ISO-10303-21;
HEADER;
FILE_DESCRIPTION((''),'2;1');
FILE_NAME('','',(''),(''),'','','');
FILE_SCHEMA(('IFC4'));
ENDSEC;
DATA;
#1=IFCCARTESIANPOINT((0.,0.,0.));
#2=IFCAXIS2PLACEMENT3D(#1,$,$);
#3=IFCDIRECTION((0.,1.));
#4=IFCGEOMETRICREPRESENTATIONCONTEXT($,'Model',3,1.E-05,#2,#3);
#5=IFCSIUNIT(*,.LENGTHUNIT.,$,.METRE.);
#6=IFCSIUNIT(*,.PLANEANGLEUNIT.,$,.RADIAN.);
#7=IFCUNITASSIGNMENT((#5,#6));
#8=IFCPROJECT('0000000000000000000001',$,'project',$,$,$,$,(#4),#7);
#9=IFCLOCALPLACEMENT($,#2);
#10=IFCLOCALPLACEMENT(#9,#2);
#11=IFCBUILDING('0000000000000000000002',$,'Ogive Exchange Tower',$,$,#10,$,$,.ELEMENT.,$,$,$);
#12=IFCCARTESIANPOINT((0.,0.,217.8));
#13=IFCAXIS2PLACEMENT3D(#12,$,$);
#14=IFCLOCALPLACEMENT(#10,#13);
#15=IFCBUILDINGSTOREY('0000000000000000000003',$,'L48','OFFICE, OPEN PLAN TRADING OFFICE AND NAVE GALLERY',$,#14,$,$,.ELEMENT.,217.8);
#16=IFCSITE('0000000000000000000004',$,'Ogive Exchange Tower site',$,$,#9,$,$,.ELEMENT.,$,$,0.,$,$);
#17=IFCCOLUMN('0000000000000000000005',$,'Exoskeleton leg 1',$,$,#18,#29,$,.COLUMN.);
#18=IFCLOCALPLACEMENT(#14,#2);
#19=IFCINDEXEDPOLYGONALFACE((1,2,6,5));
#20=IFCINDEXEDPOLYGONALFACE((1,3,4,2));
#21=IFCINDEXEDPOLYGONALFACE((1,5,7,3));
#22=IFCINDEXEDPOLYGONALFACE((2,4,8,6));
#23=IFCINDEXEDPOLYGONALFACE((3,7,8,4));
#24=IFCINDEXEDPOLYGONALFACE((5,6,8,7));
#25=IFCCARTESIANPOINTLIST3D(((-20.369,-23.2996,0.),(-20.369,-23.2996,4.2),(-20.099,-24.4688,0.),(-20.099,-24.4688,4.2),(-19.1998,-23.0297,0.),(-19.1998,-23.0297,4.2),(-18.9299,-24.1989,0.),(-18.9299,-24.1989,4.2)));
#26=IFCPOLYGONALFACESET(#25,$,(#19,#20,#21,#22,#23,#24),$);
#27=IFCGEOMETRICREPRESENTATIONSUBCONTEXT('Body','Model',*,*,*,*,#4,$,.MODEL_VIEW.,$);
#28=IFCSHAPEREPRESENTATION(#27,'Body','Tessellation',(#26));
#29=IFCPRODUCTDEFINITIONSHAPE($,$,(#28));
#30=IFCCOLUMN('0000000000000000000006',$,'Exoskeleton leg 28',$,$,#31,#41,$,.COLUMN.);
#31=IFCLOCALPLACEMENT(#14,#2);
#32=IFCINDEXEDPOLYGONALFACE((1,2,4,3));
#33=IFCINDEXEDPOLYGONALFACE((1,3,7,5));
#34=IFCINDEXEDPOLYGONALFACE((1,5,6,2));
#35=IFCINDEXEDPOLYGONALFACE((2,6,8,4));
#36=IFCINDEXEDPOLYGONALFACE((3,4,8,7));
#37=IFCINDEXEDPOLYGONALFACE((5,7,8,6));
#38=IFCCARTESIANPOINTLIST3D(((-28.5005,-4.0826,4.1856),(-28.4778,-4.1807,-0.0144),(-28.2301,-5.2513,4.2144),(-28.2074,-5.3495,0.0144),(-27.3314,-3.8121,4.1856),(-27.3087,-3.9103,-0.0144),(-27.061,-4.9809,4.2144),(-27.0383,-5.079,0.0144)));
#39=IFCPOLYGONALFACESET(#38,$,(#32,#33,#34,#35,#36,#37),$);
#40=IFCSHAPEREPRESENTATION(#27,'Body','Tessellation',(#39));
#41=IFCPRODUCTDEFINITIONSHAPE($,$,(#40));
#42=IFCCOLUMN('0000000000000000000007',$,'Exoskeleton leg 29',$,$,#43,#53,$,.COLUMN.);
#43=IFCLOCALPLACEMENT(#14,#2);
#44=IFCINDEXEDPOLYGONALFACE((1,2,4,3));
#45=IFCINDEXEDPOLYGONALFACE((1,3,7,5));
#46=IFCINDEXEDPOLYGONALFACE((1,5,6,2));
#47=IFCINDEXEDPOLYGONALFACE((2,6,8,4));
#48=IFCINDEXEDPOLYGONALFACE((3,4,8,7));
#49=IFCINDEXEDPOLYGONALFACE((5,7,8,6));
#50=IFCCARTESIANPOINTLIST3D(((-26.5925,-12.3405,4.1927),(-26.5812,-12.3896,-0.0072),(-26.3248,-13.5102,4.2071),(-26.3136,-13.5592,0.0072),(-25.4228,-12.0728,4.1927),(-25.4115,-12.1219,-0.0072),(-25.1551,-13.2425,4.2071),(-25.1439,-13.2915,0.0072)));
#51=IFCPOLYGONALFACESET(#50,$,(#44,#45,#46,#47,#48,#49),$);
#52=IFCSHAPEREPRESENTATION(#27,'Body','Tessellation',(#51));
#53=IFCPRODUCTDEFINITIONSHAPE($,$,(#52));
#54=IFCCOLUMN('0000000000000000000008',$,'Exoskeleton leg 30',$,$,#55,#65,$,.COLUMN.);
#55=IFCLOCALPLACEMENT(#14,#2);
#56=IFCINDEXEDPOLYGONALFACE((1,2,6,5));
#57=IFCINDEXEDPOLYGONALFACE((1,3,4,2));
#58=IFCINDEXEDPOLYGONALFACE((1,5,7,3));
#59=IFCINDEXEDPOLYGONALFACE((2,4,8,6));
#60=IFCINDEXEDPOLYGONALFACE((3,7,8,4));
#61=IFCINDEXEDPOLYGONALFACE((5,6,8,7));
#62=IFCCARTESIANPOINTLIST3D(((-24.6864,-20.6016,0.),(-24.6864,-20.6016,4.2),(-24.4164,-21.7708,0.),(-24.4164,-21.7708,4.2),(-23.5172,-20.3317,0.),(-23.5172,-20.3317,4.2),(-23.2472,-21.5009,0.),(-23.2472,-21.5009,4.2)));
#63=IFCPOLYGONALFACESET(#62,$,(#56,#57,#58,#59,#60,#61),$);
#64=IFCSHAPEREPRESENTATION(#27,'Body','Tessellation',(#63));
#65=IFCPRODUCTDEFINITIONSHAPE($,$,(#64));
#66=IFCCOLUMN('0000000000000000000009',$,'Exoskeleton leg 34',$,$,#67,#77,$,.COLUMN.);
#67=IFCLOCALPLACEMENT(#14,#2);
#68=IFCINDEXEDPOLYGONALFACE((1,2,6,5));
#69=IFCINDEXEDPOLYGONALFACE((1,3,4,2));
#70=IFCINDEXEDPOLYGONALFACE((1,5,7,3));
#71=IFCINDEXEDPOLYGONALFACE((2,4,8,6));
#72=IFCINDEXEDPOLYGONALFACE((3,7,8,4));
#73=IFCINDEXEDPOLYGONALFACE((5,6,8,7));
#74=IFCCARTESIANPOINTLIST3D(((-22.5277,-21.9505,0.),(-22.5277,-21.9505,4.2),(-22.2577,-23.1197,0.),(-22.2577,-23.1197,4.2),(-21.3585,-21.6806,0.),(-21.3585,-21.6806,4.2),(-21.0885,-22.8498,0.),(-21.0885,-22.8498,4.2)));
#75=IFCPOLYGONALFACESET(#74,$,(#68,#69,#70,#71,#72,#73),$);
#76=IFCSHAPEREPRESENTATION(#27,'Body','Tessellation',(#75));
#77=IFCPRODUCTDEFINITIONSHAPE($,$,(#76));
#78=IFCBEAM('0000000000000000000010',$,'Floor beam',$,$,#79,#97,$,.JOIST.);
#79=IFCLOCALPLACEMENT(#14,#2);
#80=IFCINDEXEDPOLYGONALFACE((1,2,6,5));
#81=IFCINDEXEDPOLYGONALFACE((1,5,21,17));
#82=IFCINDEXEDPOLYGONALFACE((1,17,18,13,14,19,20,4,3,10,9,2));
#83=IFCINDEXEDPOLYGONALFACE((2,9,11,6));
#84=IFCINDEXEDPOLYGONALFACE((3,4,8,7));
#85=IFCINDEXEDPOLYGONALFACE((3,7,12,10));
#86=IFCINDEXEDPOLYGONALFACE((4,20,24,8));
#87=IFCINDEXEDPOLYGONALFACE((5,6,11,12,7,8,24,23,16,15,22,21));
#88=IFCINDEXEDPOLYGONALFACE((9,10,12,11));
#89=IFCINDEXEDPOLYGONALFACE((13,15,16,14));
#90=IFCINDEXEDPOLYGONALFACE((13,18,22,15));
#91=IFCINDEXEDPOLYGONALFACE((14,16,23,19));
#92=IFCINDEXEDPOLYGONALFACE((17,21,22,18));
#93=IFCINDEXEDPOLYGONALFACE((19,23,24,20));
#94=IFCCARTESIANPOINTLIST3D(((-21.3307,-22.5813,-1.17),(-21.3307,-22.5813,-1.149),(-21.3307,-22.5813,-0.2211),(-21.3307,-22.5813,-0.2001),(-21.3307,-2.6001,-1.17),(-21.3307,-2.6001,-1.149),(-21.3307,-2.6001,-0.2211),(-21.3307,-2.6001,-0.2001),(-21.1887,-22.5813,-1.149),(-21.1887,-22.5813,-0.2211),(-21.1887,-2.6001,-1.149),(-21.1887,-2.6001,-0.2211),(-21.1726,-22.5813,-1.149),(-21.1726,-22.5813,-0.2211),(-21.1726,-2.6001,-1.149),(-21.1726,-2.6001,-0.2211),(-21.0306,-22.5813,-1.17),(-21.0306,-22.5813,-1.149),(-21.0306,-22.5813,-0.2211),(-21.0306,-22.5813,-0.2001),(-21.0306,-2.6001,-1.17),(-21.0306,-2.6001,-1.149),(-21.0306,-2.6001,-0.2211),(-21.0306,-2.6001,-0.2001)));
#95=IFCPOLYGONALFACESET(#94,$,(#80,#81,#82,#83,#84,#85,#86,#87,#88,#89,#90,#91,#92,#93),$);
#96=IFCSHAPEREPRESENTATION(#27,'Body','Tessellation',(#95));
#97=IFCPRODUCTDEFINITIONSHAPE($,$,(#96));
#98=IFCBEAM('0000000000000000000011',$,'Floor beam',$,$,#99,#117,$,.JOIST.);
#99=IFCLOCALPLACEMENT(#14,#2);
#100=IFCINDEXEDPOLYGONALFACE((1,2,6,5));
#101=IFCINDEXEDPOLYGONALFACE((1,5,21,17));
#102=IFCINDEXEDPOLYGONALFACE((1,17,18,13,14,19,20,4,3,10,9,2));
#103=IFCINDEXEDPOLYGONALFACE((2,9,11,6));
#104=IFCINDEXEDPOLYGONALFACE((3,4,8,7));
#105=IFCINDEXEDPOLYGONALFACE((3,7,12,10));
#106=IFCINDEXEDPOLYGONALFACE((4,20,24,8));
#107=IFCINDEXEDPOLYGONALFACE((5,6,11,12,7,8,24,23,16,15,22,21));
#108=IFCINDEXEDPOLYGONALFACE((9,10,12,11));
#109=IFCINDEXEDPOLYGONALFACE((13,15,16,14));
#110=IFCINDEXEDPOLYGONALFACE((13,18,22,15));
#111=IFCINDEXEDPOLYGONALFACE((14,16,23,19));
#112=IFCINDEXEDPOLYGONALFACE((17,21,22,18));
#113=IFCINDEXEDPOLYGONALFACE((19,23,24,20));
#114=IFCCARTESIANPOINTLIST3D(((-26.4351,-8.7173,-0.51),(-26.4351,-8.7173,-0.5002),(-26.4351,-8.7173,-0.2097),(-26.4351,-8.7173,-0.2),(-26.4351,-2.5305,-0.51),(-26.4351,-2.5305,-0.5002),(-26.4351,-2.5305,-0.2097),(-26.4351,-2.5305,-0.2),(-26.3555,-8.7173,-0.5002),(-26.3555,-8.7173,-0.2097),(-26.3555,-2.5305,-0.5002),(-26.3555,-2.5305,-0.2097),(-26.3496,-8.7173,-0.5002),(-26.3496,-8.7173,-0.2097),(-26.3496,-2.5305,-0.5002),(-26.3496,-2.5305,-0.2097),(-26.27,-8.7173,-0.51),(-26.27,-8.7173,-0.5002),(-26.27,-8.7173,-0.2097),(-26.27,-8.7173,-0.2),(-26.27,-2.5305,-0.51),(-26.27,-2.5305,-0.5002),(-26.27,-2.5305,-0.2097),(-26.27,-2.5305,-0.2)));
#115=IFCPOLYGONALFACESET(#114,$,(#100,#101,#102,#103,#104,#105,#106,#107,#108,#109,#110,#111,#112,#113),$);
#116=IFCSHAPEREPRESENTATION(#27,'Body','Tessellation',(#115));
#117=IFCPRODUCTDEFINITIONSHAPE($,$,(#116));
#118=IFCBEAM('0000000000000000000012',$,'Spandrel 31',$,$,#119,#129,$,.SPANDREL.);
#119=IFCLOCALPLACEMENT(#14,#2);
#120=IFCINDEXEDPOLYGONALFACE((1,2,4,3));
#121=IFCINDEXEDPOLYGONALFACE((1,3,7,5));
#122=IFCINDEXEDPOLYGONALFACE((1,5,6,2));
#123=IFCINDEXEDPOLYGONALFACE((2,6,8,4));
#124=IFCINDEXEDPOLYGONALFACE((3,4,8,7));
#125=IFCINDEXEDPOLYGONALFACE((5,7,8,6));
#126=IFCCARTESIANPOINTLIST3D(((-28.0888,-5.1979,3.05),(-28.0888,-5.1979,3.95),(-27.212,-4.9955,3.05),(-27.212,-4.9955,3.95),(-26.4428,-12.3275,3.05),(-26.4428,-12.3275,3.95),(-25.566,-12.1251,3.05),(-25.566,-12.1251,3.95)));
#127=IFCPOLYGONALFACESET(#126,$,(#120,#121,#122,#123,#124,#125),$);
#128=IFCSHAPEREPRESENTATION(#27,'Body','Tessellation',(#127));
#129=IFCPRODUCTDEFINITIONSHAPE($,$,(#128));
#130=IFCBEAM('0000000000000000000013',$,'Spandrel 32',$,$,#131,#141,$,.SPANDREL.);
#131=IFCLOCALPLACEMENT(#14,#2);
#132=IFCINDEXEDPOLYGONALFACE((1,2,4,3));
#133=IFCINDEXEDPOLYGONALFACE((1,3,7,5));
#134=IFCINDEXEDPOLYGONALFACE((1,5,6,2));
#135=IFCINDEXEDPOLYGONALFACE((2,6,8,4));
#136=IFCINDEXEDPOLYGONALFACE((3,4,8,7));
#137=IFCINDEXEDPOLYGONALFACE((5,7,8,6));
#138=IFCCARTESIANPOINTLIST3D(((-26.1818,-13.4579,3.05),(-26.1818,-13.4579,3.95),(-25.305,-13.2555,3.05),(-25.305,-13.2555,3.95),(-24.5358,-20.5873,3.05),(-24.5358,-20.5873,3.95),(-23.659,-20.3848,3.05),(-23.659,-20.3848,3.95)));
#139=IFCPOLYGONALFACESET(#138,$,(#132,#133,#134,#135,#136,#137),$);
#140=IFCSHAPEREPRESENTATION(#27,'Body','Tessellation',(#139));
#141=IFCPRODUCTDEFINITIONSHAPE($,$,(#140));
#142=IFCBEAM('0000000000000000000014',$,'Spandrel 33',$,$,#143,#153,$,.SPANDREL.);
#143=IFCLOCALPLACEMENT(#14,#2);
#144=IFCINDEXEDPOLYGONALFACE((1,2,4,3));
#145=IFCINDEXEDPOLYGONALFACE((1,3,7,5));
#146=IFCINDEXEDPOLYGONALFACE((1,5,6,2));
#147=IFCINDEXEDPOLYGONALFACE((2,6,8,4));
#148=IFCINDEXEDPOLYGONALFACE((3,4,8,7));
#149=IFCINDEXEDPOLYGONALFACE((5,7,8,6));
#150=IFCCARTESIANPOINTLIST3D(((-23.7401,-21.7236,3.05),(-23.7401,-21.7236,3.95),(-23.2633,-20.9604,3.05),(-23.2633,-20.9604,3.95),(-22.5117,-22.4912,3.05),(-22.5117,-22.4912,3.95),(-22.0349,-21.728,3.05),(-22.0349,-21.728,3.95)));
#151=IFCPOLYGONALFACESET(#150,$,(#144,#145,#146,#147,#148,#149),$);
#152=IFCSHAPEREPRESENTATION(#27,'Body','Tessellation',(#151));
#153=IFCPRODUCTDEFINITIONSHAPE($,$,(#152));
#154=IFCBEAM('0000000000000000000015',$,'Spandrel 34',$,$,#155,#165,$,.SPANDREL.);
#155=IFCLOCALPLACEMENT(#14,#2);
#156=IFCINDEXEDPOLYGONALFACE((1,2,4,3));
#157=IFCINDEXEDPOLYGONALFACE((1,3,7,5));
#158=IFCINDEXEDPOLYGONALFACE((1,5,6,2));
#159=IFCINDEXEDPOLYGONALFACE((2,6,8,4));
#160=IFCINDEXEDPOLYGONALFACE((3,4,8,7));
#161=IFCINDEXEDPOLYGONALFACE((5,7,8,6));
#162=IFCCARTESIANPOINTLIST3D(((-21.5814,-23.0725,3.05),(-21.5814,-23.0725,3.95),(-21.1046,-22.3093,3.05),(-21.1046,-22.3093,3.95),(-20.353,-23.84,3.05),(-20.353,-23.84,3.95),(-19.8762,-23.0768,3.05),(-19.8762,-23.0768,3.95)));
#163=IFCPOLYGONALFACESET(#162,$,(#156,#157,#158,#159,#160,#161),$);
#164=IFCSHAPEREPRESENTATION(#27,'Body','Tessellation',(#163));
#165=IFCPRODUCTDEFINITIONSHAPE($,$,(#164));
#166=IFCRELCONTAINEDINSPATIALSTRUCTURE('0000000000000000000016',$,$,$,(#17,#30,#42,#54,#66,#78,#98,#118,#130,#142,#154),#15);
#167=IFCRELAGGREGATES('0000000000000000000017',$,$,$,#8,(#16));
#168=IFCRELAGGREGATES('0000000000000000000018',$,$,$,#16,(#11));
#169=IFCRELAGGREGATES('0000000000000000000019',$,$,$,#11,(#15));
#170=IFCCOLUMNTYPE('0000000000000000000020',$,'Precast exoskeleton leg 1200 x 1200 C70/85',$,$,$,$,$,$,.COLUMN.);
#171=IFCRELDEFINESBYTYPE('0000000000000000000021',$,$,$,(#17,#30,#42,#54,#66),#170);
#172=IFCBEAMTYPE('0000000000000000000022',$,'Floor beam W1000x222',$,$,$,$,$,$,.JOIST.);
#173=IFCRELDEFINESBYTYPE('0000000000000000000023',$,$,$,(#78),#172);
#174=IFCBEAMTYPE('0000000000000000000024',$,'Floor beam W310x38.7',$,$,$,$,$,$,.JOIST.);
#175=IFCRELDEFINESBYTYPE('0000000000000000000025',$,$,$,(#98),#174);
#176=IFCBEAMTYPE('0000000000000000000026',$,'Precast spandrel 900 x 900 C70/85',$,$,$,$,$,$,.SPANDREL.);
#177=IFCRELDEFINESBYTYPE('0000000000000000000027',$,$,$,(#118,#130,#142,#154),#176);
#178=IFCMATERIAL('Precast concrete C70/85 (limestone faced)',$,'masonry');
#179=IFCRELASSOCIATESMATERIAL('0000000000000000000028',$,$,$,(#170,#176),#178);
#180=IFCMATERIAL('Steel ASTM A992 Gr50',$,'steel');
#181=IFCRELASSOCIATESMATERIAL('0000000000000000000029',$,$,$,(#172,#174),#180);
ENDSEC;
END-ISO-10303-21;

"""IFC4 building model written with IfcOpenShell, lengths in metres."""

from ifc_helpers import new_model, si_unit, direction, frame, origin, origin_2d, place, context, subcontext, project, spatial, rectangle, i_section, extrude, material, material_profile, profile_set, type_object, element, save


model = new_model("IFC4")

# Units and contexts
model_context = context("Model", 3, precision=1e-05, world=origin(), true_north=direction((0.0, 1.0)))
body_context = subcontext(model_context, "Body", "Model", "MODEL_VIEW")
ifc_project = project(units=[si_unit("LENGTHUNIT", "METRE"), si_unit("PLANEANGLEUNIT", "RADIAN")], contexts=[model_context])

# Site, building, storey
site_placement = place(None, origin())
site = spatial("IfcSite", under=ifc_project, at=site_placement, Name="Ogive Exchange Tower site", CompositionType="ELEMENT", RefElevation=0.0)
building_placement = place(site_placement, origin())
building = spatial("IfcBuilding", under=site, at=building_placement, Name="Ogive Exchange Tower", CompositionType="ELEMENT")
storey_placement = place(building_placement, frame((0.0, 0.0, 217.8)))
storey = spatial("IfcBuildingStorey", under=building, at=storey_placement, Name="L48", Description="OFFICE, OPEN PLAN TRADING OFFICE AND NAVE GALLERY", CompositionType="ELEMENT", Elevation=217.8)

# Columns
ifc_material_1 = material(Name="Precast concrete C70/85 (limestone faced)", Category="masonry")
ifc_material_profile_1 = material_profile(ifc_material_1, rectangle(XDim=1.2, YDim=1.2, at=origin_2d()), Name="1200 x 1200")
ifc_profile_set_1 = profile_set([ifc_material_profile_1], Name="Precast concrete C70/85 (limestone faced)")
column_type = type_object("IfcColumnType", Name="Precast exoskeleton leg 1200 x 1200 C70/85", PredefinedType="COLUMN", material=ifc_profile_set_1)
column_1_placement = place(storey_placement, frame((-19.6494, -23.7493, 0.0), z_axis=(0.0, 0.0, 1.0), x_axis=(0.97437, 0.224951, 0.0)))
element("IfcColumn", 1, at=column_1_placement, inside=storey, type_object=column_type, Name="Exoskeleton leg 1", PredefinedType="COLUMN", context=body_context, shape_type="SweptSolid", body=[
    extrude(rectangle(XDim=1.2, YDim=1.2, at=origin_2d()), origin(), (0.0, 0.0, 1.0), 4.2),
])
column_2_placement = place(storey_placement, frame((-27.7581, -4.6299, 0.0), z_axis=(-0.005404, 0.023361, 0.999712), x_axis=(-0.974269, -0.22539, 0.0)))
element("IfcColumn", 2, at=column_2_placement, inside=storey, type_object=column_type, Name="Exoskeleton leg 28", PredefinedType="COLUMN", context=body_context, shape_type="SweptSolid", body=[
    extrude(rectangle(XDim=1.2, YDim=1.2, at=origin_2d()), origin(), (0.0, 0.0, 1.0), 4.2012),
])
column_3_placement = place(storey_placement, frame((-25.8625, -12.8406, 0.0), z_axis=(-0.002674, 0.011683, 0.999928), x_axis=(-0.974798, -0.223088, 0.0)))
element("IfcColumn", 3, at=column_3_placement, inside=storey, type_object=column_type, Name="Exoskeleton leg 29", PredefinedType="COLUMN", context=body_context, shape_type="SweptSolid", body=[
    extrude(rectangle(XDim=1.2, YDim=1.2, at=origin_2d()), origin(), (0.0, 0.0, 1.0), 4.2002),
])
for number, where, z_axis, x_axis, name in (
    (4, (-23.9668, -21.0513, 0.0), (0.0, 0.0, 1.0), (0.97437, 0.224951, 0.0), "Exoskeleton leg 30"),
    (5, (-21.8081, -22.4001, 0.0), (0.0, 0.0, 1.0), (0.97437, 0.224951, 0.0), "Exoskeleton leg 34"),
):
    element("IfcColumn", number, at=place(storey_placement, frame(where, z_axis=z_axis, x_axis=x_axis)), inside=storey, type_object=column_type, Name=name, PredefinedType="COLUMN", context=body_context, shape_type="SweptSolid", body=[
        extrude(rectangle(XDim=1.2, YDim=1.2, at=origin_2d()), origin(), (0.0, 0.0, 1.0), 4.2),
    ])

# Beams
ifc_material_2 = material(Name="Steel ASTM A992 Gr50", Category="steel")
ifc_material_profile_2 = material_profile(ifc_material_2, i_section(OverallWidth=0.3, OverallDepth=0.97, WebThickness=0.0161, FlangeThickness=0.021, at=origin_2d()), Name="W1000x222")
ifc_profile_set_2 = profile_set([ifc_material_profile_2], Name="Steel ASTM A992 Gr50")
beam_type_1 = type_object("IfcBeamType", Name="Floor beam W1000x222", PredefinedType="JOIST", material=ifc_profile_set_2)
beam_1_placement = place(storey_placement, frame((-21.1807, -22.5813, -0.6851), z_axis=(0.0, 1.0, 0.0), x_axis=(-1.0, 0.0, 0.0)))
element("IfcBeam", 6, at=beam_1_placement, inside=storey, type_object=beam_type_1, Name="Floor beam", PredefinedType="JOIST", context=body_context, shape_type="SweptSolid", body=[
    extrude(i_section(OverallWidth=0.3, OverallDepth=0.97, WebThickness=0.0161, FlangeThickness=0.021, at=origin_2d()), origin(), (0.0, 0.0, 1.0), 19.9812),
])
ifc_material_profile_3 = material_profile(ifc_material_2, i_section(OverallWidth=0.165, OverallDepth=0.3101, WebThickness=0.0059, FlangeThickness=0.0098, at=origin_2d()), Name="W310x38.7")
ifc_profile_set_3 = profile_set([ifc_material_profile_3], Name="Steel ASTM A992 Gr50")
beam_type_2 = type_object("IfcBeamType", Name="Floor beam W310x38.7", PredefinedType="JOIST", material=ifc_profile_set_3)
beam_2_placement = place(storey_placement, frame((-26.3525, -8.7173, -0.355), z_axis=(0.0, 1.0, 0.0), x_axis=(-1.0, 0.0, 0.0)))
element("IfcBeam", 7, at=beam_2_placement, inside=storey, type_object=beam_type_2, Name="Floor beam", PredefinedType="JOIST", context=body_context, shape_type="SweptSolid", body=[
    extrude(i_section(OverallWidth=0.165, OverallDepth=0.3101, WebThickness=0.0059, FlangeThickness=0.0098, at=origin_2d()), origin(), (0.0, 0.0, 1.0), 6.1868),
])
ifc_material_profile_4 = material_profile(ifc_material_1, rectangle(XDim=0.8999, YDim=0.8999, at=origin_2d()), Name="900 x 900")
ifc_profile_set_4 = profile_set([ifc_material_profile_4], Name="Precast concrete C70/85 (limestone faced)")
beam_type_3 = type_object("IfcBeamType", Name="Precast spandrel 900 x 900 C70/85", PredefinedType="SPANDREL", material=ifc_profile_set_4)
beam_3_placement = place(storey_placement, frame((-27.6504, -5.0967, 3.5), z_axis=(0.22495, -0.97437, 0.0), x_axis=(0.97437, 0.22495, 0.0)))
element("IfcBeam", 8, at=beam_3_placement, inside=storey, type_object=beam_type_3, Name="Spandrel 31", PredefinedType="SPANDREL", context=body_context, shape_type="SweptSolid", body=[
    extrude(rectangle(XDim=0.8999, YDim=0.8999, at=origin_2d()), origin(), (0.0, 0.0, 1.0), 7.3171),
])
beam_4_placement = place(storey_placement, frame((-25.7434, -13.3567, 3.5), z_axis=(0.224957, -0.974369, 0.0), x_axis=(0.974369, 0.224957, 0.0)))
element("IfcBeam", 9, at=beam_4_placement, inside=storey, type_object=beam_type_3, Name="Spandrel 32", PredefinedType="SPANDREL", context=body_context, shape_type="SweptSolid", body=[
    extrude(rectangle(XDim=0.8999, YDim=0.8999, at=origin_2d()), origin(), (0.0, 0.0, 1.0), 7.3169),
])
for number, where, z_axis, x_axis, name in (
    (10, (-23.5017, -21.342, 3.5), (0.848074, -0.529878, 0.0), (0.529878, 0.848074, 0.0), "Spandrel 33"),
    (11, (-21.343, -22.6909, 3.5), (0.848074, -0.529878, 0.0), (0.529878, 0.848074, 0.0), "Spandrel 34"),
):
    element("IfcBeam", number, at=place(storey_placement, frame(where, z_axis=z_axis, x_axis=x_axis)), inside=storey, type_object=beam_type_3, Name=name, PredefinedType="SPANDREL", context=body_context, shape_type="SweptSolid", body=[
        extrude(rectangle(XDim=0.8999, YDim=0.8999, at=origin_2d()), origin(), (0.0, 0.0, 1.0), 1.4485),
    ])

save(model, "model.ifc")
